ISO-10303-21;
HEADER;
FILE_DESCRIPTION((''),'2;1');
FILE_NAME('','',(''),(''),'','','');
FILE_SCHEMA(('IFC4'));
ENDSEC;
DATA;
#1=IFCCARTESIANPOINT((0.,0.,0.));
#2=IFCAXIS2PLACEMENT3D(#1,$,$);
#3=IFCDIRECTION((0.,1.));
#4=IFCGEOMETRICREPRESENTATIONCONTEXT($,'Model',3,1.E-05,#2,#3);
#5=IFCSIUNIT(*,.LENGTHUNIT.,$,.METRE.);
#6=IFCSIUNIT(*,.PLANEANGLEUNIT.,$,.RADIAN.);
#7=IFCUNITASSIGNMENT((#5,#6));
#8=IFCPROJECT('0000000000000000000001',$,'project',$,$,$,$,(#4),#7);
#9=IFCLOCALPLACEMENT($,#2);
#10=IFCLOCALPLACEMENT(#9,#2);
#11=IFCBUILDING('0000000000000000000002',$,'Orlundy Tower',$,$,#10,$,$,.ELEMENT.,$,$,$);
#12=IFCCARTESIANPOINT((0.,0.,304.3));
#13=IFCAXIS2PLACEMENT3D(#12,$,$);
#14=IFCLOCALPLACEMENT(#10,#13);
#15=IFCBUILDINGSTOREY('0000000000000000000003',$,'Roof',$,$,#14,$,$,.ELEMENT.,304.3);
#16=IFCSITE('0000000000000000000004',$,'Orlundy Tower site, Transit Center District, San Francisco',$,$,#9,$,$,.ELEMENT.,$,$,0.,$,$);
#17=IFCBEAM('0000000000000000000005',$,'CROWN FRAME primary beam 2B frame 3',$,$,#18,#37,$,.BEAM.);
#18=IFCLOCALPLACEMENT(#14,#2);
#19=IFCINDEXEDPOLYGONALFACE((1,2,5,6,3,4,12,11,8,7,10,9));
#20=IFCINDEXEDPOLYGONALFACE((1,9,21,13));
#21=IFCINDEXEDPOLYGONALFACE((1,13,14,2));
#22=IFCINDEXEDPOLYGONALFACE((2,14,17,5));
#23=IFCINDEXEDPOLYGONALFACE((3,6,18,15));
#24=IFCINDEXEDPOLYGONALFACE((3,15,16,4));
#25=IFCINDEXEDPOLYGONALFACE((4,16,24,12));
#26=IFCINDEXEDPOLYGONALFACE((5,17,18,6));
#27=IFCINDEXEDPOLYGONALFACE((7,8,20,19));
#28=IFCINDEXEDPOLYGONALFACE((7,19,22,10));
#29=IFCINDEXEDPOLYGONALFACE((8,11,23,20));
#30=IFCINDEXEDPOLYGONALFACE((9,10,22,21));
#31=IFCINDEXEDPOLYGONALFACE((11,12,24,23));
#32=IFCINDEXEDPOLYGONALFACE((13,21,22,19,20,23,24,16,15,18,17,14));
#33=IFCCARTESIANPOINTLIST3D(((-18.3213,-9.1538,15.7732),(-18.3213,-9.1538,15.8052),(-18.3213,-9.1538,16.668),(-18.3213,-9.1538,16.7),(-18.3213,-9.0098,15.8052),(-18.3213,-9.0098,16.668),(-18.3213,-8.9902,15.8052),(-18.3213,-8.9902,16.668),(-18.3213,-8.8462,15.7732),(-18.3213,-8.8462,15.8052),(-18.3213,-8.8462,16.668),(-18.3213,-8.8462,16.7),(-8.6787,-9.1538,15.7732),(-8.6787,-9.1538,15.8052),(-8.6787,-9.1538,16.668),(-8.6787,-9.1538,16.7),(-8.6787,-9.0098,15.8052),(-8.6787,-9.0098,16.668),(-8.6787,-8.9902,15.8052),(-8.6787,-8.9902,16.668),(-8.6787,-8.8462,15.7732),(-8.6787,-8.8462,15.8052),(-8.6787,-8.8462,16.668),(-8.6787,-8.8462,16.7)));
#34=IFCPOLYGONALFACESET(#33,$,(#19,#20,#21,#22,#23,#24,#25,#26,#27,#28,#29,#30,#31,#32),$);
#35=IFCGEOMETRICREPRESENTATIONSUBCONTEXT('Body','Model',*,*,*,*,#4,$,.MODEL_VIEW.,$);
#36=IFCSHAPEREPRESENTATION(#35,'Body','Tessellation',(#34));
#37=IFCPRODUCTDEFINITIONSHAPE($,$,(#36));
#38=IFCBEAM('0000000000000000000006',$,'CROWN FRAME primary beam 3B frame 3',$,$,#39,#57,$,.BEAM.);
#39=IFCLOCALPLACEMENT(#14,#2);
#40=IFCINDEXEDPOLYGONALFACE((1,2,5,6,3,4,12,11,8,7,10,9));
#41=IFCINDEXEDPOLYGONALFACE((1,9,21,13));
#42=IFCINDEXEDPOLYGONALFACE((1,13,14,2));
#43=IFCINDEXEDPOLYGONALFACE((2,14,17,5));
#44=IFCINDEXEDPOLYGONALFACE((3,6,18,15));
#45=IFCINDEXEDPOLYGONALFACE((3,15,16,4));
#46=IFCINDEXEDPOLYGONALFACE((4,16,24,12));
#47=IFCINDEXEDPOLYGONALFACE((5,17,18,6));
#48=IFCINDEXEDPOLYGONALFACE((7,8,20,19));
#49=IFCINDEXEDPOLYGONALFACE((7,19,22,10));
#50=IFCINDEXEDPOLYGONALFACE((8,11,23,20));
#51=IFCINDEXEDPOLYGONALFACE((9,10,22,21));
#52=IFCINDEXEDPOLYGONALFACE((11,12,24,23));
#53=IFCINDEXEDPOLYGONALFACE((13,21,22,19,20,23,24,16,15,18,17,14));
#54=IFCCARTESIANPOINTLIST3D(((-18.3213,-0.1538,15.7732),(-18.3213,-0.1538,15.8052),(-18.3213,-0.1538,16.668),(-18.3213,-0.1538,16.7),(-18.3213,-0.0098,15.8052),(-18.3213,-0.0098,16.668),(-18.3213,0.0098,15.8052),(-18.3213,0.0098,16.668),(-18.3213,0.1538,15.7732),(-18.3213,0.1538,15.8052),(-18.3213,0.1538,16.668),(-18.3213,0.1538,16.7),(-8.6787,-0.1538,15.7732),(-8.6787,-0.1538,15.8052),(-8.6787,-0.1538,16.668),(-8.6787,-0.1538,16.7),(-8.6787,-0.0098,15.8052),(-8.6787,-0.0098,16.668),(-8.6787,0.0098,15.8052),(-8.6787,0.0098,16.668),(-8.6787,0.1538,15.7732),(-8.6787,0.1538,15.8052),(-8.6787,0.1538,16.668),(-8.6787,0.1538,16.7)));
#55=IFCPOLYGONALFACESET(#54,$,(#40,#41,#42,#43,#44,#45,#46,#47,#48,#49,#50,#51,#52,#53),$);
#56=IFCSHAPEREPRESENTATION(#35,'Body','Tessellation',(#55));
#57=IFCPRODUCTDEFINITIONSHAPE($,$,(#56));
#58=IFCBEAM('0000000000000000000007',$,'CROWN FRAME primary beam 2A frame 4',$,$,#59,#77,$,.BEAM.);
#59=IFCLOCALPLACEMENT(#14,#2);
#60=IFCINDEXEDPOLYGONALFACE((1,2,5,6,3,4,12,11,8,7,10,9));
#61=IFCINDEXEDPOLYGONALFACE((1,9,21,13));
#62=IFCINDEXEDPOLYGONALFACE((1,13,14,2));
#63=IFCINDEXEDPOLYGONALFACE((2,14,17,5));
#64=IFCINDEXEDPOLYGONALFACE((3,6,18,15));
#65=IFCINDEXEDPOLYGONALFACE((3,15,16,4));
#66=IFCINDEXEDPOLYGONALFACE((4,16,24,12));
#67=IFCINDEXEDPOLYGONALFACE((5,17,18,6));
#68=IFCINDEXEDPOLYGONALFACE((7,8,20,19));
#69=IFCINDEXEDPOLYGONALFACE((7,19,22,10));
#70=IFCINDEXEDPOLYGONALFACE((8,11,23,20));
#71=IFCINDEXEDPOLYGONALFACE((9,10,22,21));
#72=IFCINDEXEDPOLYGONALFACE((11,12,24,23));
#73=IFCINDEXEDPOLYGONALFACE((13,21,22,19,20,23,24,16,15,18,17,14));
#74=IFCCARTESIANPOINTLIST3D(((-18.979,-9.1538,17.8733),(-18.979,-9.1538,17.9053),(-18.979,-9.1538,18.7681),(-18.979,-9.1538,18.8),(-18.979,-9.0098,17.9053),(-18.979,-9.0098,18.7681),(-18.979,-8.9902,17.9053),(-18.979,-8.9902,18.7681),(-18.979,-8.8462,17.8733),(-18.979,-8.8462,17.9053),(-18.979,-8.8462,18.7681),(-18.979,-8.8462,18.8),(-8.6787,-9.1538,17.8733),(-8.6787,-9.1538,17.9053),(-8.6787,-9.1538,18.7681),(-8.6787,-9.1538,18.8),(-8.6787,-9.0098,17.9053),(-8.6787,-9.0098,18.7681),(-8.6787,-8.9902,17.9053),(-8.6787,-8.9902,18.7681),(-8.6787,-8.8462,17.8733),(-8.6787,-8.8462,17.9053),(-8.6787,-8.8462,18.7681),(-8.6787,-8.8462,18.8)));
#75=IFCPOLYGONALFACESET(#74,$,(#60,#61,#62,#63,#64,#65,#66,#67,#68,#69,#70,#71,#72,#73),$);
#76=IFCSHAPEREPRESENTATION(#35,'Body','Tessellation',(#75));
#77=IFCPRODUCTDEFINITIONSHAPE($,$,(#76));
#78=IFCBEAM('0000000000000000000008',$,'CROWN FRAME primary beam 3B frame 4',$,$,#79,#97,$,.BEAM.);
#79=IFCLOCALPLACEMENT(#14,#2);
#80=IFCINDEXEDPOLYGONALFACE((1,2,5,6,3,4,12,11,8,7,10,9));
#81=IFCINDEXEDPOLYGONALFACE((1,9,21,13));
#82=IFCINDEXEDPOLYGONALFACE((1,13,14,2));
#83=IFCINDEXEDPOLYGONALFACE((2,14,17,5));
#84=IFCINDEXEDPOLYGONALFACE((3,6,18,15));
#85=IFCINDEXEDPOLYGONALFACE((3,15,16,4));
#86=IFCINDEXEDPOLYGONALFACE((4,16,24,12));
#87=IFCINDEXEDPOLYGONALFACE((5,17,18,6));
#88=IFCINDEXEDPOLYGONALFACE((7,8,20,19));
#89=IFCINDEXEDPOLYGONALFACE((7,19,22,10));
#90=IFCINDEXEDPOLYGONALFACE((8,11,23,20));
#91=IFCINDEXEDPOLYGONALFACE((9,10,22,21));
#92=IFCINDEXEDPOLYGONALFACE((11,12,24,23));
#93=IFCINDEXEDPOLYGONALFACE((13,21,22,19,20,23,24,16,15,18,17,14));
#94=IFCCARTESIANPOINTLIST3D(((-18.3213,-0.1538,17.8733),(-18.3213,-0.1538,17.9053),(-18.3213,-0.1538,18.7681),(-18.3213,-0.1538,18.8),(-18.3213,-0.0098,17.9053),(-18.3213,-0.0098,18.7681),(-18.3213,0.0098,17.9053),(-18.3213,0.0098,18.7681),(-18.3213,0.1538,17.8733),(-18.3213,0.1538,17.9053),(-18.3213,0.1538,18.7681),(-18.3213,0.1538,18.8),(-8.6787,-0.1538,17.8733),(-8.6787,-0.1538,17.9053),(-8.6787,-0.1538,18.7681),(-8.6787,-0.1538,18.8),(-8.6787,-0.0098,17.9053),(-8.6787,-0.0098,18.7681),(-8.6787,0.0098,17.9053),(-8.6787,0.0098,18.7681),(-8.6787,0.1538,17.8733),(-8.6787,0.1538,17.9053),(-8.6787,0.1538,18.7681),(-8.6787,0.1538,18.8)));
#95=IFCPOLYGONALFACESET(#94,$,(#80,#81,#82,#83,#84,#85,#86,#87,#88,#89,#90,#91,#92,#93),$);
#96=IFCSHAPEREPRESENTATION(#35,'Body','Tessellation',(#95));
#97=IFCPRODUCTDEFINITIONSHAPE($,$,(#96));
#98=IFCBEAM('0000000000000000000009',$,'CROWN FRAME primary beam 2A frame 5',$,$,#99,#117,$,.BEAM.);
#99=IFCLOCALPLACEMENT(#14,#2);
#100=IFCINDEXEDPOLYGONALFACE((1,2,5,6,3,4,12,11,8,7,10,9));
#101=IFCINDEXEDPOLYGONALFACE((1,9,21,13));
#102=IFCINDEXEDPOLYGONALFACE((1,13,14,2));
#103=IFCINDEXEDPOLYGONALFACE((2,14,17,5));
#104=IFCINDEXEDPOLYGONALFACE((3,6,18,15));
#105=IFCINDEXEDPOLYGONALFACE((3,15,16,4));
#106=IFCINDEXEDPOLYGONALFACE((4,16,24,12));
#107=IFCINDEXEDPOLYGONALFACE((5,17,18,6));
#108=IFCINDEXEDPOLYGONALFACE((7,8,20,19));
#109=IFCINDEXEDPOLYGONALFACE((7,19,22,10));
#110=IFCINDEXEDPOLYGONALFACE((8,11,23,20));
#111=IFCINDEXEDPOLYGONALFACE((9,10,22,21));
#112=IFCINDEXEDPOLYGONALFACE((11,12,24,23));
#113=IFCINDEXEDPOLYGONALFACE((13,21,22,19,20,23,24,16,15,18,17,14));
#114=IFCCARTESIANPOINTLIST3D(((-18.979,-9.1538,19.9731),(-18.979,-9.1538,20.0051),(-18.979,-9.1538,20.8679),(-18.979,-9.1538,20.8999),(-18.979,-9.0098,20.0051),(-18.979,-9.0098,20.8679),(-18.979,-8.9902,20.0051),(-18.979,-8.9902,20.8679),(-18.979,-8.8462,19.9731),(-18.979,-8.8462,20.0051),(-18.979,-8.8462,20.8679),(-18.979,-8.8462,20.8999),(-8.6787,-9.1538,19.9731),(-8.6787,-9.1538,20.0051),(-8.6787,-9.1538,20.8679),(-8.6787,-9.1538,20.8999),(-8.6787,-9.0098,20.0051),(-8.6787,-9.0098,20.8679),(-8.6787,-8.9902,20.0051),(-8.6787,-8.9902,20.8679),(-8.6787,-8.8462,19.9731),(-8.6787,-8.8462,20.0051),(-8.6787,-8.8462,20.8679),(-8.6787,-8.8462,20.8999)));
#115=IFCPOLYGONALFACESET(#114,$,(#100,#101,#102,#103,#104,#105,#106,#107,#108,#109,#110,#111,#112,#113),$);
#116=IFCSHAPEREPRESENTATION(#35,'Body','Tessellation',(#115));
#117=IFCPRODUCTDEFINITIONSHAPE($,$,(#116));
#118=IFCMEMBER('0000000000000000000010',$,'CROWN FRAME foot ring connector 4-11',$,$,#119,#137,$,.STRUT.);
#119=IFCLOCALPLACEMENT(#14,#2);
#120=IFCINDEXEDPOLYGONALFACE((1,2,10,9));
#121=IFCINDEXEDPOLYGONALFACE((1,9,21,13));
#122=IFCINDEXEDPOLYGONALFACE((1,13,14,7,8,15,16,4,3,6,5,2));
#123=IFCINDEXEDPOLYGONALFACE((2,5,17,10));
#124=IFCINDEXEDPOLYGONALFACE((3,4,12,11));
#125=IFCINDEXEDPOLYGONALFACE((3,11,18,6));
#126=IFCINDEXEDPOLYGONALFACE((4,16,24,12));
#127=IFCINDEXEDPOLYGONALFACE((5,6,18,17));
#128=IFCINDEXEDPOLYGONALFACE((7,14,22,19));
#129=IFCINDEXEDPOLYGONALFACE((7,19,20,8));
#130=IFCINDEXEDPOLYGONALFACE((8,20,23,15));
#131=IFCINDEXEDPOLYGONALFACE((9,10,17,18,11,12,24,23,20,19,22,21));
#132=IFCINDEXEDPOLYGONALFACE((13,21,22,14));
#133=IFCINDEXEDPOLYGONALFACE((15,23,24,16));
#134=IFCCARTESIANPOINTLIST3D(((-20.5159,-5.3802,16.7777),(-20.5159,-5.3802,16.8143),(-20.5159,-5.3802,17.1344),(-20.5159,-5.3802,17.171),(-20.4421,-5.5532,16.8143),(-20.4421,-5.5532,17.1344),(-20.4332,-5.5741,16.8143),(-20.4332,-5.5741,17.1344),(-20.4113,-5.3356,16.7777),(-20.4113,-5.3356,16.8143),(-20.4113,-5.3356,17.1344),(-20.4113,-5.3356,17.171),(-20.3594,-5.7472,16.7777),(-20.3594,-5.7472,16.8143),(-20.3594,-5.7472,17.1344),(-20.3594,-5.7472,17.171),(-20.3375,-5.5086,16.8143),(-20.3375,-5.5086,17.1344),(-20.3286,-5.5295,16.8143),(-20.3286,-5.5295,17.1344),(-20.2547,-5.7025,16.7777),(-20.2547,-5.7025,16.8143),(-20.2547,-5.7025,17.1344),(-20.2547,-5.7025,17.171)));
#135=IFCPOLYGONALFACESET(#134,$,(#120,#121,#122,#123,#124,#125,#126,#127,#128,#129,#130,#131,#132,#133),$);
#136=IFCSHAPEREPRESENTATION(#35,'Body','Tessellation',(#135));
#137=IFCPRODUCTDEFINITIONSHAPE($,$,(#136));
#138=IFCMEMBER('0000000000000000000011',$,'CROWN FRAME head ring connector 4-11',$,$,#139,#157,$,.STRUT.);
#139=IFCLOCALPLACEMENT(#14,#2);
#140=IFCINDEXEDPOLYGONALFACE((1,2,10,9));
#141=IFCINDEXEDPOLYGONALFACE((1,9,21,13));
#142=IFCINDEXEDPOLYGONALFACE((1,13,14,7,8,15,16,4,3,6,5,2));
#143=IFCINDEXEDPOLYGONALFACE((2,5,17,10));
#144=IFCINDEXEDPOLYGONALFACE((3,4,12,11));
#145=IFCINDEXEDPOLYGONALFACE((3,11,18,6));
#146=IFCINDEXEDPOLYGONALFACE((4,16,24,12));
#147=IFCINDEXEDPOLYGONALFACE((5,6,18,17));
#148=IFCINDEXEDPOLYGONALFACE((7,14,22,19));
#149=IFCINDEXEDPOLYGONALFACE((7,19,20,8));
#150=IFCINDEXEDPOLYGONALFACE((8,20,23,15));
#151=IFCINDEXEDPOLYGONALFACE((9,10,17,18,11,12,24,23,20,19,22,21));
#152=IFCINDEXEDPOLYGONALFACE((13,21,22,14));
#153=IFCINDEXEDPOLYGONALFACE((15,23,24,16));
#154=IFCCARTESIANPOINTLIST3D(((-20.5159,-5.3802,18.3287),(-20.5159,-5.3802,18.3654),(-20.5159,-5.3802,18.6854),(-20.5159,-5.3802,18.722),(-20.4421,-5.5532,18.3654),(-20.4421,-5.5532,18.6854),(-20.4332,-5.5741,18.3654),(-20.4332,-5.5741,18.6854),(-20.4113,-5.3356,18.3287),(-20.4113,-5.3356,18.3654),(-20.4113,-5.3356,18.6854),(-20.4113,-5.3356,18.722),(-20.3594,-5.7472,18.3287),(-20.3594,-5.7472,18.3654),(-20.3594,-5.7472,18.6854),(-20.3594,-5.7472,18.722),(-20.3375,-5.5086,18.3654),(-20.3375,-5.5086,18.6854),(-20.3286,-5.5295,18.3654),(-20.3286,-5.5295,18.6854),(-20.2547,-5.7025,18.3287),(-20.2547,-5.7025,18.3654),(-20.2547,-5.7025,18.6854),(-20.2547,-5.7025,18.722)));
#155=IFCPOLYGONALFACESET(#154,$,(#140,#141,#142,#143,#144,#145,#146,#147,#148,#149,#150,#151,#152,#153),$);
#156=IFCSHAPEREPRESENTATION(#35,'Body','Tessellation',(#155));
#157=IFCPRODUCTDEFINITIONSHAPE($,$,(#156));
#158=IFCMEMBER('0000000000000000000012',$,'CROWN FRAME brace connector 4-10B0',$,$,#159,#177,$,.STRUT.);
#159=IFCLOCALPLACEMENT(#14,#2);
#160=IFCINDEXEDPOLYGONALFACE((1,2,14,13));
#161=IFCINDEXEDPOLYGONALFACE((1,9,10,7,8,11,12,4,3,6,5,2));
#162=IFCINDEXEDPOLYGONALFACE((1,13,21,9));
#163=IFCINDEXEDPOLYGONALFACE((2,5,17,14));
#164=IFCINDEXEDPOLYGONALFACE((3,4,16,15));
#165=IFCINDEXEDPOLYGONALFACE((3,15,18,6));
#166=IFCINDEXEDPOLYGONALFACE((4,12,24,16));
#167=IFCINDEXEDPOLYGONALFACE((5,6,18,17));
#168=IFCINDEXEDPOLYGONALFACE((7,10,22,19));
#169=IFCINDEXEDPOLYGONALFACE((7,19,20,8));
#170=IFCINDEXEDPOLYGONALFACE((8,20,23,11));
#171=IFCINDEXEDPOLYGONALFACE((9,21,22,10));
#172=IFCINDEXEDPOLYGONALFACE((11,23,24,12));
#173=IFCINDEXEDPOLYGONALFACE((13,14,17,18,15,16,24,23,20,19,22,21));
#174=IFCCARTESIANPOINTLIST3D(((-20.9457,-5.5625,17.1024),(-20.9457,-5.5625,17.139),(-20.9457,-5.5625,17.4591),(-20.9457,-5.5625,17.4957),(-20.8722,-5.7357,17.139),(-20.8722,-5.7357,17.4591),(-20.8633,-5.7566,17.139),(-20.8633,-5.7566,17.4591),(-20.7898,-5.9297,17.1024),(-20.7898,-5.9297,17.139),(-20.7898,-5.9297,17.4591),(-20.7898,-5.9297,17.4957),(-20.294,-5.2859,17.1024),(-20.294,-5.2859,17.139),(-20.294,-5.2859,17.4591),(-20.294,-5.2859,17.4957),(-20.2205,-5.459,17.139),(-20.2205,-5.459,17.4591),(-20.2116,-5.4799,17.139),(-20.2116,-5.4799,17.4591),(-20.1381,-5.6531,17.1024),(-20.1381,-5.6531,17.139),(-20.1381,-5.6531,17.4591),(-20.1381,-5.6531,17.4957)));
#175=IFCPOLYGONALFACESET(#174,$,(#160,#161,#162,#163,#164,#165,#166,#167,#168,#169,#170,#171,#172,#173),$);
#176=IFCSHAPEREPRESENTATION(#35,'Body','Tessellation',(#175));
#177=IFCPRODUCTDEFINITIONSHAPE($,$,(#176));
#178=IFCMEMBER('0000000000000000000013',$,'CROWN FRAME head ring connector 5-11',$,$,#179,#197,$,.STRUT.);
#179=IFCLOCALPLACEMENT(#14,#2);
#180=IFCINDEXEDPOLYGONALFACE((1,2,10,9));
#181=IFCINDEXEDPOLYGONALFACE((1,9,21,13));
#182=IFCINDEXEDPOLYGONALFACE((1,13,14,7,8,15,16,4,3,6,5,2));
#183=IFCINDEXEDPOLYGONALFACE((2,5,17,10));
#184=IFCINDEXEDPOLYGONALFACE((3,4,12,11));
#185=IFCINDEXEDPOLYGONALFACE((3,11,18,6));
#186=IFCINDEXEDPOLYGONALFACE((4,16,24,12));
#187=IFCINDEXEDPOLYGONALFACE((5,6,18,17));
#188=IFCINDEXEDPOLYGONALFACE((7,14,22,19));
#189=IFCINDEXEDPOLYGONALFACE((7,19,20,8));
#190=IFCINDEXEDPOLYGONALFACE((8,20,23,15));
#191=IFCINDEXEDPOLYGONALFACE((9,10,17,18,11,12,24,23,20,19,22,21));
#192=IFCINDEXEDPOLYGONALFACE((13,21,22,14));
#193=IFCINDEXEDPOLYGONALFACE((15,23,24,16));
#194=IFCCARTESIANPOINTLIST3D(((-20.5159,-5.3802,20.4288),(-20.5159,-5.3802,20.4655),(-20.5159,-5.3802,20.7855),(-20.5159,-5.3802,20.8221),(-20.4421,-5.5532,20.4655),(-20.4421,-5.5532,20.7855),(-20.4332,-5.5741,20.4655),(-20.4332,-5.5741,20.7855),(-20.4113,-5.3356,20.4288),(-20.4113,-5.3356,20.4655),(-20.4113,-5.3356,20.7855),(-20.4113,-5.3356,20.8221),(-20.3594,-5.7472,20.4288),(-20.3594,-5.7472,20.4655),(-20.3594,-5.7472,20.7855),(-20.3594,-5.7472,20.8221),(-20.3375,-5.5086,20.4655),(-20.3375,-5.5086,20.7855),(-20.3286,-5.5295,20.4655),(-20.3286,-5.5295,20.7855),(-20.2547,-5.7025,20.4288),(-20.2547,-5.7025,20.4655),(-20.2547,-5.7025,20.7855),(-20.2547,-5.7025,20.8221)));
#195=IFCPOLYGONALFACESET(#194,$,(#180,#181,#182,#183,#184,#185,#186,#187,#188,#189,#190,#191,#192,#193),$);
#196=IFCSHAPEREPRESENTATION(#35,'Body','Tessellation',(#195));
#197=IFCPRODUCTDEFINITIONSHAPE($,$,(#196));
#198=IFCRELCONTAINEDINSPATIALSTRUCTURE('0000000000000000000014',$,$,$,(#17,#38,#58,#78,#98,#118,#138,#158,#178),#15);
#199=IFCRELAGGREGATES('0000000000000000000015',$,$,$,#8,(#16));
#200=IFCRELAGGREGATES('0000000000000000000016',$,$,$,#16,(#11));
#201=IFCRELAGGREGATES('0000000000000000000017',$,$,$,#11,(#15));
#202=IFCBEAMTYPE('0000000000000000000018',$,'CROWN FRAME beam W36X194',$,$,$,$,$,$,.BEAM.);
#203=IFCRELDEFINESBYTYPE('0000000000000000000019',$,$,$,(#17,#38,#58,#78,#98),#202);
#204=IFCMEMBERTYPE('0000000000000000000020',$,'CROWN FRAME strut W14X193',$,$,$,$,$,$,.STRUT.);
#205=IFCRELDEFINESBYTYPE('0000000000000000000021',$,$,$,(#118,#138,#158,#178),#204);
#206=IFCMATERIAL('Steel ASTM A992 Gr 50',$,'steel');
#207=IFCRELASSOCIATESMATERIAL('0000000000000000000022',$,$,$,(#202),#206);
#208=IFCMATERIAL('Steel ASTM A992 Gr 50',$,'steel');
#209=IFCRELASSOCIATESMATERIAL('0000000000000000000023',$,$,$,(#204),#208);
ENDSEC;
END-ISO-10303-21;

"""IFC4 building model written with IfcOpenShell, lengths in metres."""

from ifc_helpers import new_model, si_unit, direction, frame, origin, origin_2d, place, context, subcontext, project, spatial, i_section, extrude, material, material_profile, profile_set, type_object, element, save


model = new_model("IFC4")

# Units and contexts
model_context = context("Model", 3, precision=1e-05, world=origin(), true_north=direction((0.0, 1.0)))
body_context = subcontext(model_context, "Body", "Model", "MODEL_VIEW")
ifc_project = project(units=[si_unit("LENGTHUNIT", "METRE"), si_unit("PLANEANGLEUNIT", "RADIAN")], contexts=[model_context])

# Site, building, storey
site_placement = place(None, origin())
site = spatial("IfcSite", under=ifc_project, at=site_placement, Name="Orlundy Tower site, Transit Center District, San Francisco", CompositionType="ELEMENT", RefElevation=0.0)
building_placement = place(site_placement, origin())
building = spatial("IfcBuilding", under=site, at=building_placement, Name="Orlundy Tower", CompositionType="ELEMENT")
storey_placement = place(building_placement, frame((0.0, 0.0, 304.3)))
storey = spatial("IfcBuildingStorey", under=building, at=storey_placement, Name="Roof", CompositionType="ELEMENT", Elevation=304.3)

# Beams
ifc_material_1 = material(Name="Steel ASTM A992 Gr 50", Category="steel")
ifc_material_profile_1 = material_profile(ifc_material_1, i_section(OverallWidth=0.3076, OverallDepth=0.9268, WebThickness=0.0195, FlangeThickness=0.032, at=origin_2d()), Name="W36X194")
ifc_profile_set_1 = profile_set([ifc_material_profile_1], Name="Steel ASTM A992 Gr 50")
beam_type_1 = type_object("IfcBeamType", Name="CROWN FRAME beam W36X194", PredefinedType="BEAM", material=ifc_profile_set_1)
for number, where, z_axis, x_axis, name in (
    (1, (-18.3213, -9.0, 16.2366), (1.0, 0.0, 0.0), (0.0, 1.0, 0.0), "CROWN FRAME primary beam 2B frame 3"),
    (2, (-18.3213, 0.0, 16.2366), (1.0, 0.0, 0.0), (0.0, 1.0, 0.0), "CROWN FRAME primary beam 3B frame 3"),
):
    element("IfcBeam", number, at=place(storey_placement, frame(where, z_axis=z_axis, x_axis=x_axis)), inside=storey, type_object=beam_type_1, Name=name, PredefinedType="BEAM", context=body_context, shape_type="SweptSolid", body=[
        extrude(i_section(OverallWidth=0.3076, OverallDepth=0.9268, WebThickness=0.0195, FlangeThickness=0.032, at=origin_2d()), origin(), (0.0, 0.0, 1.0), 9.6426),
    ])
beam_1_placement = place(storey_placement, frame((-18.979, -9.0, 18.3367), z_axis=(1.0, 0.0, 0.0), x_axis=(0.0, 1.0, 0.0)))
element("IfcBeam", 3, at=beam_1_placement, inside=storey, type_object=beam_type_1, Name="CROWN FRAME primary beam 2A frame 4", PredefinedType="BEAM", context=body_context, shape_type="SweptSolid", body=[
    extrude(i_section(OverallWidth=0.3076, OverallDepth=0.9268, WebThickness=0.0195, FlangeThickness=0.032, at=origin_2d()), origin(), (0.0, 0.0, 1.0), 10.3003),
])
beam_2_placement = place(storey_placement, frame((-18.3213, 0.0, 18.3367), z_axis=(1.0, 0.0, 0.0), x_axis=(0.0, 1.0, 0.0)))
element("IfcBeam", 4, at=beam_2_placement, inside=storey, type_object=beam_type_1, Name="CROWN FRAME primary beam 3B frame 4", PredefinedType="BEAM", context=body_context, shape_type="SweptSolid", body=[
    extrude(i_section(OverallWidth=0.3076, OverallDepth=0.9268, WebThickness=0.0195, FlangeThickness=0.032, at=origin_2d()), origin(), (0.0, 0.0, 1.0), 9.6426),
])
beam_3_placement = place(storey_placement, frame((-18.979, -9.0, 20.4365), z_axis=(1.0, 0.0, 0.0), x_axis=(0.0, 1.0, 0.0)))
element("IfcBeam", 5, at=beam_3_placement, inside=storey, type_object=beam_type_1, Name="CROWN FRAME primary beam 2A frame 5", PredefinedType="BEAM", context=body_context, shape_type="SweptSolid", body=[
    extrude(i_section(OverallWidth=0.3076, OverallDepth=0.9268, WebThickness=0.0195, FlangeThickness=0.032, at=origin_2d()), origin(), (0.0, 0.0, 1.0), 10.3003),
])

# Members
ifc_material_2 = material(Name="Steel ASTM A992 Gr 50", Category="steel")
ifc_material_profile_2 = material_profile(ifc_material_2, i_section(OverallWidth=0.3989, OverallDepth=0.3933, WebThickness=0.0227, FlangeThickness=0.0366, at=origin_2d()), Name="W14X193")
ifc_profile_set_2 = profile_set([ifc_material_profile_2], Name="Steel ASTM A992 Gr 50")
member_type = type_object("IfcMemberType", Name="CROWN FRAME strut W14X193", PredefinedType="STRUT", material=ifc_profile_set_2)
for number, where, z_axis, x_axis, name in (
    (6, (-20.333, -5.519, 16.9744), (-0.919809, -0.392366, 0.0), (0.392366, -0.919809, 0.0), "CROWN FRAME foot ring connector 4-11"),
    (7, (-20.333, -5.519, 18.5254), (-0.919809, -0.392366, 0.0), (0.392366, -0.919809, 0.0), "CROWN FRAME head ring connector 4-11"),
):
    element("IfcMember", number, at=place(storey_placement, frame(where, z_axis=z_axis, x_axis=x_axis)), inside=storey, type_object=member_type, Name=name, PredefinedType="STRUT", context=body_context, shape_type="SweptSolid", body=[
        extrude(i_section(OverallWidth=0.3989, OverallDepth=0.3933, WebThickness=0.0227, FlangeThickness=0.0366, at=origin_2d()), origin(), (0.0, 0.0, 1.0), 0.1138),
    ])
member_1_placement = place(storey_placement, frame((-20.2161, -5.4695, 17.2991), z_axis=(-0.920495, -0.390754, 0.0), x_axis=(0.390754, -0.920495, 0.0)))
element("IfcMember", 8, at=member_1_placement, inside=storey, type_object=member_type, Name="CROWN FRAME brace connector 4-10B0", PredefinedType="STRUT", context=body_context, shape_type="SweptSolid", body=[
    extrude(i_section(OverallWidth=0.3989, OverallDepth=0.3933, WebThickness=0.0227, FlangeThickness=0.0366, at=origin_2d()), origin(), (0.0, 0.0, 1.0), 0.708),
])
member_2_placement = place(storey_placement, frame((-20.333, -5.519, 20.6255), z_axis=(-0.919809, -0.392366, 0.0), x_axis=(0.392366, -0.919809, 0.0)))
element("IfcMember", 9, at=member_2_placement, inside=storey, type_object=member_type, Name="CROWN FRAME head ring connector 5-11", PredefinedType="STRUT", context=body_context, shape_type="SweptSolid", body=[
    extrude(i_section(OverallWidth=0.3989, OverallDepth=0.3933, WebThickness=0.0227, FlangeThickness=0.0366, at=origin_2d()), origin(), (0.0, 0.0, 1.0), 0.1138),
])

save(model, "model.ifc")
